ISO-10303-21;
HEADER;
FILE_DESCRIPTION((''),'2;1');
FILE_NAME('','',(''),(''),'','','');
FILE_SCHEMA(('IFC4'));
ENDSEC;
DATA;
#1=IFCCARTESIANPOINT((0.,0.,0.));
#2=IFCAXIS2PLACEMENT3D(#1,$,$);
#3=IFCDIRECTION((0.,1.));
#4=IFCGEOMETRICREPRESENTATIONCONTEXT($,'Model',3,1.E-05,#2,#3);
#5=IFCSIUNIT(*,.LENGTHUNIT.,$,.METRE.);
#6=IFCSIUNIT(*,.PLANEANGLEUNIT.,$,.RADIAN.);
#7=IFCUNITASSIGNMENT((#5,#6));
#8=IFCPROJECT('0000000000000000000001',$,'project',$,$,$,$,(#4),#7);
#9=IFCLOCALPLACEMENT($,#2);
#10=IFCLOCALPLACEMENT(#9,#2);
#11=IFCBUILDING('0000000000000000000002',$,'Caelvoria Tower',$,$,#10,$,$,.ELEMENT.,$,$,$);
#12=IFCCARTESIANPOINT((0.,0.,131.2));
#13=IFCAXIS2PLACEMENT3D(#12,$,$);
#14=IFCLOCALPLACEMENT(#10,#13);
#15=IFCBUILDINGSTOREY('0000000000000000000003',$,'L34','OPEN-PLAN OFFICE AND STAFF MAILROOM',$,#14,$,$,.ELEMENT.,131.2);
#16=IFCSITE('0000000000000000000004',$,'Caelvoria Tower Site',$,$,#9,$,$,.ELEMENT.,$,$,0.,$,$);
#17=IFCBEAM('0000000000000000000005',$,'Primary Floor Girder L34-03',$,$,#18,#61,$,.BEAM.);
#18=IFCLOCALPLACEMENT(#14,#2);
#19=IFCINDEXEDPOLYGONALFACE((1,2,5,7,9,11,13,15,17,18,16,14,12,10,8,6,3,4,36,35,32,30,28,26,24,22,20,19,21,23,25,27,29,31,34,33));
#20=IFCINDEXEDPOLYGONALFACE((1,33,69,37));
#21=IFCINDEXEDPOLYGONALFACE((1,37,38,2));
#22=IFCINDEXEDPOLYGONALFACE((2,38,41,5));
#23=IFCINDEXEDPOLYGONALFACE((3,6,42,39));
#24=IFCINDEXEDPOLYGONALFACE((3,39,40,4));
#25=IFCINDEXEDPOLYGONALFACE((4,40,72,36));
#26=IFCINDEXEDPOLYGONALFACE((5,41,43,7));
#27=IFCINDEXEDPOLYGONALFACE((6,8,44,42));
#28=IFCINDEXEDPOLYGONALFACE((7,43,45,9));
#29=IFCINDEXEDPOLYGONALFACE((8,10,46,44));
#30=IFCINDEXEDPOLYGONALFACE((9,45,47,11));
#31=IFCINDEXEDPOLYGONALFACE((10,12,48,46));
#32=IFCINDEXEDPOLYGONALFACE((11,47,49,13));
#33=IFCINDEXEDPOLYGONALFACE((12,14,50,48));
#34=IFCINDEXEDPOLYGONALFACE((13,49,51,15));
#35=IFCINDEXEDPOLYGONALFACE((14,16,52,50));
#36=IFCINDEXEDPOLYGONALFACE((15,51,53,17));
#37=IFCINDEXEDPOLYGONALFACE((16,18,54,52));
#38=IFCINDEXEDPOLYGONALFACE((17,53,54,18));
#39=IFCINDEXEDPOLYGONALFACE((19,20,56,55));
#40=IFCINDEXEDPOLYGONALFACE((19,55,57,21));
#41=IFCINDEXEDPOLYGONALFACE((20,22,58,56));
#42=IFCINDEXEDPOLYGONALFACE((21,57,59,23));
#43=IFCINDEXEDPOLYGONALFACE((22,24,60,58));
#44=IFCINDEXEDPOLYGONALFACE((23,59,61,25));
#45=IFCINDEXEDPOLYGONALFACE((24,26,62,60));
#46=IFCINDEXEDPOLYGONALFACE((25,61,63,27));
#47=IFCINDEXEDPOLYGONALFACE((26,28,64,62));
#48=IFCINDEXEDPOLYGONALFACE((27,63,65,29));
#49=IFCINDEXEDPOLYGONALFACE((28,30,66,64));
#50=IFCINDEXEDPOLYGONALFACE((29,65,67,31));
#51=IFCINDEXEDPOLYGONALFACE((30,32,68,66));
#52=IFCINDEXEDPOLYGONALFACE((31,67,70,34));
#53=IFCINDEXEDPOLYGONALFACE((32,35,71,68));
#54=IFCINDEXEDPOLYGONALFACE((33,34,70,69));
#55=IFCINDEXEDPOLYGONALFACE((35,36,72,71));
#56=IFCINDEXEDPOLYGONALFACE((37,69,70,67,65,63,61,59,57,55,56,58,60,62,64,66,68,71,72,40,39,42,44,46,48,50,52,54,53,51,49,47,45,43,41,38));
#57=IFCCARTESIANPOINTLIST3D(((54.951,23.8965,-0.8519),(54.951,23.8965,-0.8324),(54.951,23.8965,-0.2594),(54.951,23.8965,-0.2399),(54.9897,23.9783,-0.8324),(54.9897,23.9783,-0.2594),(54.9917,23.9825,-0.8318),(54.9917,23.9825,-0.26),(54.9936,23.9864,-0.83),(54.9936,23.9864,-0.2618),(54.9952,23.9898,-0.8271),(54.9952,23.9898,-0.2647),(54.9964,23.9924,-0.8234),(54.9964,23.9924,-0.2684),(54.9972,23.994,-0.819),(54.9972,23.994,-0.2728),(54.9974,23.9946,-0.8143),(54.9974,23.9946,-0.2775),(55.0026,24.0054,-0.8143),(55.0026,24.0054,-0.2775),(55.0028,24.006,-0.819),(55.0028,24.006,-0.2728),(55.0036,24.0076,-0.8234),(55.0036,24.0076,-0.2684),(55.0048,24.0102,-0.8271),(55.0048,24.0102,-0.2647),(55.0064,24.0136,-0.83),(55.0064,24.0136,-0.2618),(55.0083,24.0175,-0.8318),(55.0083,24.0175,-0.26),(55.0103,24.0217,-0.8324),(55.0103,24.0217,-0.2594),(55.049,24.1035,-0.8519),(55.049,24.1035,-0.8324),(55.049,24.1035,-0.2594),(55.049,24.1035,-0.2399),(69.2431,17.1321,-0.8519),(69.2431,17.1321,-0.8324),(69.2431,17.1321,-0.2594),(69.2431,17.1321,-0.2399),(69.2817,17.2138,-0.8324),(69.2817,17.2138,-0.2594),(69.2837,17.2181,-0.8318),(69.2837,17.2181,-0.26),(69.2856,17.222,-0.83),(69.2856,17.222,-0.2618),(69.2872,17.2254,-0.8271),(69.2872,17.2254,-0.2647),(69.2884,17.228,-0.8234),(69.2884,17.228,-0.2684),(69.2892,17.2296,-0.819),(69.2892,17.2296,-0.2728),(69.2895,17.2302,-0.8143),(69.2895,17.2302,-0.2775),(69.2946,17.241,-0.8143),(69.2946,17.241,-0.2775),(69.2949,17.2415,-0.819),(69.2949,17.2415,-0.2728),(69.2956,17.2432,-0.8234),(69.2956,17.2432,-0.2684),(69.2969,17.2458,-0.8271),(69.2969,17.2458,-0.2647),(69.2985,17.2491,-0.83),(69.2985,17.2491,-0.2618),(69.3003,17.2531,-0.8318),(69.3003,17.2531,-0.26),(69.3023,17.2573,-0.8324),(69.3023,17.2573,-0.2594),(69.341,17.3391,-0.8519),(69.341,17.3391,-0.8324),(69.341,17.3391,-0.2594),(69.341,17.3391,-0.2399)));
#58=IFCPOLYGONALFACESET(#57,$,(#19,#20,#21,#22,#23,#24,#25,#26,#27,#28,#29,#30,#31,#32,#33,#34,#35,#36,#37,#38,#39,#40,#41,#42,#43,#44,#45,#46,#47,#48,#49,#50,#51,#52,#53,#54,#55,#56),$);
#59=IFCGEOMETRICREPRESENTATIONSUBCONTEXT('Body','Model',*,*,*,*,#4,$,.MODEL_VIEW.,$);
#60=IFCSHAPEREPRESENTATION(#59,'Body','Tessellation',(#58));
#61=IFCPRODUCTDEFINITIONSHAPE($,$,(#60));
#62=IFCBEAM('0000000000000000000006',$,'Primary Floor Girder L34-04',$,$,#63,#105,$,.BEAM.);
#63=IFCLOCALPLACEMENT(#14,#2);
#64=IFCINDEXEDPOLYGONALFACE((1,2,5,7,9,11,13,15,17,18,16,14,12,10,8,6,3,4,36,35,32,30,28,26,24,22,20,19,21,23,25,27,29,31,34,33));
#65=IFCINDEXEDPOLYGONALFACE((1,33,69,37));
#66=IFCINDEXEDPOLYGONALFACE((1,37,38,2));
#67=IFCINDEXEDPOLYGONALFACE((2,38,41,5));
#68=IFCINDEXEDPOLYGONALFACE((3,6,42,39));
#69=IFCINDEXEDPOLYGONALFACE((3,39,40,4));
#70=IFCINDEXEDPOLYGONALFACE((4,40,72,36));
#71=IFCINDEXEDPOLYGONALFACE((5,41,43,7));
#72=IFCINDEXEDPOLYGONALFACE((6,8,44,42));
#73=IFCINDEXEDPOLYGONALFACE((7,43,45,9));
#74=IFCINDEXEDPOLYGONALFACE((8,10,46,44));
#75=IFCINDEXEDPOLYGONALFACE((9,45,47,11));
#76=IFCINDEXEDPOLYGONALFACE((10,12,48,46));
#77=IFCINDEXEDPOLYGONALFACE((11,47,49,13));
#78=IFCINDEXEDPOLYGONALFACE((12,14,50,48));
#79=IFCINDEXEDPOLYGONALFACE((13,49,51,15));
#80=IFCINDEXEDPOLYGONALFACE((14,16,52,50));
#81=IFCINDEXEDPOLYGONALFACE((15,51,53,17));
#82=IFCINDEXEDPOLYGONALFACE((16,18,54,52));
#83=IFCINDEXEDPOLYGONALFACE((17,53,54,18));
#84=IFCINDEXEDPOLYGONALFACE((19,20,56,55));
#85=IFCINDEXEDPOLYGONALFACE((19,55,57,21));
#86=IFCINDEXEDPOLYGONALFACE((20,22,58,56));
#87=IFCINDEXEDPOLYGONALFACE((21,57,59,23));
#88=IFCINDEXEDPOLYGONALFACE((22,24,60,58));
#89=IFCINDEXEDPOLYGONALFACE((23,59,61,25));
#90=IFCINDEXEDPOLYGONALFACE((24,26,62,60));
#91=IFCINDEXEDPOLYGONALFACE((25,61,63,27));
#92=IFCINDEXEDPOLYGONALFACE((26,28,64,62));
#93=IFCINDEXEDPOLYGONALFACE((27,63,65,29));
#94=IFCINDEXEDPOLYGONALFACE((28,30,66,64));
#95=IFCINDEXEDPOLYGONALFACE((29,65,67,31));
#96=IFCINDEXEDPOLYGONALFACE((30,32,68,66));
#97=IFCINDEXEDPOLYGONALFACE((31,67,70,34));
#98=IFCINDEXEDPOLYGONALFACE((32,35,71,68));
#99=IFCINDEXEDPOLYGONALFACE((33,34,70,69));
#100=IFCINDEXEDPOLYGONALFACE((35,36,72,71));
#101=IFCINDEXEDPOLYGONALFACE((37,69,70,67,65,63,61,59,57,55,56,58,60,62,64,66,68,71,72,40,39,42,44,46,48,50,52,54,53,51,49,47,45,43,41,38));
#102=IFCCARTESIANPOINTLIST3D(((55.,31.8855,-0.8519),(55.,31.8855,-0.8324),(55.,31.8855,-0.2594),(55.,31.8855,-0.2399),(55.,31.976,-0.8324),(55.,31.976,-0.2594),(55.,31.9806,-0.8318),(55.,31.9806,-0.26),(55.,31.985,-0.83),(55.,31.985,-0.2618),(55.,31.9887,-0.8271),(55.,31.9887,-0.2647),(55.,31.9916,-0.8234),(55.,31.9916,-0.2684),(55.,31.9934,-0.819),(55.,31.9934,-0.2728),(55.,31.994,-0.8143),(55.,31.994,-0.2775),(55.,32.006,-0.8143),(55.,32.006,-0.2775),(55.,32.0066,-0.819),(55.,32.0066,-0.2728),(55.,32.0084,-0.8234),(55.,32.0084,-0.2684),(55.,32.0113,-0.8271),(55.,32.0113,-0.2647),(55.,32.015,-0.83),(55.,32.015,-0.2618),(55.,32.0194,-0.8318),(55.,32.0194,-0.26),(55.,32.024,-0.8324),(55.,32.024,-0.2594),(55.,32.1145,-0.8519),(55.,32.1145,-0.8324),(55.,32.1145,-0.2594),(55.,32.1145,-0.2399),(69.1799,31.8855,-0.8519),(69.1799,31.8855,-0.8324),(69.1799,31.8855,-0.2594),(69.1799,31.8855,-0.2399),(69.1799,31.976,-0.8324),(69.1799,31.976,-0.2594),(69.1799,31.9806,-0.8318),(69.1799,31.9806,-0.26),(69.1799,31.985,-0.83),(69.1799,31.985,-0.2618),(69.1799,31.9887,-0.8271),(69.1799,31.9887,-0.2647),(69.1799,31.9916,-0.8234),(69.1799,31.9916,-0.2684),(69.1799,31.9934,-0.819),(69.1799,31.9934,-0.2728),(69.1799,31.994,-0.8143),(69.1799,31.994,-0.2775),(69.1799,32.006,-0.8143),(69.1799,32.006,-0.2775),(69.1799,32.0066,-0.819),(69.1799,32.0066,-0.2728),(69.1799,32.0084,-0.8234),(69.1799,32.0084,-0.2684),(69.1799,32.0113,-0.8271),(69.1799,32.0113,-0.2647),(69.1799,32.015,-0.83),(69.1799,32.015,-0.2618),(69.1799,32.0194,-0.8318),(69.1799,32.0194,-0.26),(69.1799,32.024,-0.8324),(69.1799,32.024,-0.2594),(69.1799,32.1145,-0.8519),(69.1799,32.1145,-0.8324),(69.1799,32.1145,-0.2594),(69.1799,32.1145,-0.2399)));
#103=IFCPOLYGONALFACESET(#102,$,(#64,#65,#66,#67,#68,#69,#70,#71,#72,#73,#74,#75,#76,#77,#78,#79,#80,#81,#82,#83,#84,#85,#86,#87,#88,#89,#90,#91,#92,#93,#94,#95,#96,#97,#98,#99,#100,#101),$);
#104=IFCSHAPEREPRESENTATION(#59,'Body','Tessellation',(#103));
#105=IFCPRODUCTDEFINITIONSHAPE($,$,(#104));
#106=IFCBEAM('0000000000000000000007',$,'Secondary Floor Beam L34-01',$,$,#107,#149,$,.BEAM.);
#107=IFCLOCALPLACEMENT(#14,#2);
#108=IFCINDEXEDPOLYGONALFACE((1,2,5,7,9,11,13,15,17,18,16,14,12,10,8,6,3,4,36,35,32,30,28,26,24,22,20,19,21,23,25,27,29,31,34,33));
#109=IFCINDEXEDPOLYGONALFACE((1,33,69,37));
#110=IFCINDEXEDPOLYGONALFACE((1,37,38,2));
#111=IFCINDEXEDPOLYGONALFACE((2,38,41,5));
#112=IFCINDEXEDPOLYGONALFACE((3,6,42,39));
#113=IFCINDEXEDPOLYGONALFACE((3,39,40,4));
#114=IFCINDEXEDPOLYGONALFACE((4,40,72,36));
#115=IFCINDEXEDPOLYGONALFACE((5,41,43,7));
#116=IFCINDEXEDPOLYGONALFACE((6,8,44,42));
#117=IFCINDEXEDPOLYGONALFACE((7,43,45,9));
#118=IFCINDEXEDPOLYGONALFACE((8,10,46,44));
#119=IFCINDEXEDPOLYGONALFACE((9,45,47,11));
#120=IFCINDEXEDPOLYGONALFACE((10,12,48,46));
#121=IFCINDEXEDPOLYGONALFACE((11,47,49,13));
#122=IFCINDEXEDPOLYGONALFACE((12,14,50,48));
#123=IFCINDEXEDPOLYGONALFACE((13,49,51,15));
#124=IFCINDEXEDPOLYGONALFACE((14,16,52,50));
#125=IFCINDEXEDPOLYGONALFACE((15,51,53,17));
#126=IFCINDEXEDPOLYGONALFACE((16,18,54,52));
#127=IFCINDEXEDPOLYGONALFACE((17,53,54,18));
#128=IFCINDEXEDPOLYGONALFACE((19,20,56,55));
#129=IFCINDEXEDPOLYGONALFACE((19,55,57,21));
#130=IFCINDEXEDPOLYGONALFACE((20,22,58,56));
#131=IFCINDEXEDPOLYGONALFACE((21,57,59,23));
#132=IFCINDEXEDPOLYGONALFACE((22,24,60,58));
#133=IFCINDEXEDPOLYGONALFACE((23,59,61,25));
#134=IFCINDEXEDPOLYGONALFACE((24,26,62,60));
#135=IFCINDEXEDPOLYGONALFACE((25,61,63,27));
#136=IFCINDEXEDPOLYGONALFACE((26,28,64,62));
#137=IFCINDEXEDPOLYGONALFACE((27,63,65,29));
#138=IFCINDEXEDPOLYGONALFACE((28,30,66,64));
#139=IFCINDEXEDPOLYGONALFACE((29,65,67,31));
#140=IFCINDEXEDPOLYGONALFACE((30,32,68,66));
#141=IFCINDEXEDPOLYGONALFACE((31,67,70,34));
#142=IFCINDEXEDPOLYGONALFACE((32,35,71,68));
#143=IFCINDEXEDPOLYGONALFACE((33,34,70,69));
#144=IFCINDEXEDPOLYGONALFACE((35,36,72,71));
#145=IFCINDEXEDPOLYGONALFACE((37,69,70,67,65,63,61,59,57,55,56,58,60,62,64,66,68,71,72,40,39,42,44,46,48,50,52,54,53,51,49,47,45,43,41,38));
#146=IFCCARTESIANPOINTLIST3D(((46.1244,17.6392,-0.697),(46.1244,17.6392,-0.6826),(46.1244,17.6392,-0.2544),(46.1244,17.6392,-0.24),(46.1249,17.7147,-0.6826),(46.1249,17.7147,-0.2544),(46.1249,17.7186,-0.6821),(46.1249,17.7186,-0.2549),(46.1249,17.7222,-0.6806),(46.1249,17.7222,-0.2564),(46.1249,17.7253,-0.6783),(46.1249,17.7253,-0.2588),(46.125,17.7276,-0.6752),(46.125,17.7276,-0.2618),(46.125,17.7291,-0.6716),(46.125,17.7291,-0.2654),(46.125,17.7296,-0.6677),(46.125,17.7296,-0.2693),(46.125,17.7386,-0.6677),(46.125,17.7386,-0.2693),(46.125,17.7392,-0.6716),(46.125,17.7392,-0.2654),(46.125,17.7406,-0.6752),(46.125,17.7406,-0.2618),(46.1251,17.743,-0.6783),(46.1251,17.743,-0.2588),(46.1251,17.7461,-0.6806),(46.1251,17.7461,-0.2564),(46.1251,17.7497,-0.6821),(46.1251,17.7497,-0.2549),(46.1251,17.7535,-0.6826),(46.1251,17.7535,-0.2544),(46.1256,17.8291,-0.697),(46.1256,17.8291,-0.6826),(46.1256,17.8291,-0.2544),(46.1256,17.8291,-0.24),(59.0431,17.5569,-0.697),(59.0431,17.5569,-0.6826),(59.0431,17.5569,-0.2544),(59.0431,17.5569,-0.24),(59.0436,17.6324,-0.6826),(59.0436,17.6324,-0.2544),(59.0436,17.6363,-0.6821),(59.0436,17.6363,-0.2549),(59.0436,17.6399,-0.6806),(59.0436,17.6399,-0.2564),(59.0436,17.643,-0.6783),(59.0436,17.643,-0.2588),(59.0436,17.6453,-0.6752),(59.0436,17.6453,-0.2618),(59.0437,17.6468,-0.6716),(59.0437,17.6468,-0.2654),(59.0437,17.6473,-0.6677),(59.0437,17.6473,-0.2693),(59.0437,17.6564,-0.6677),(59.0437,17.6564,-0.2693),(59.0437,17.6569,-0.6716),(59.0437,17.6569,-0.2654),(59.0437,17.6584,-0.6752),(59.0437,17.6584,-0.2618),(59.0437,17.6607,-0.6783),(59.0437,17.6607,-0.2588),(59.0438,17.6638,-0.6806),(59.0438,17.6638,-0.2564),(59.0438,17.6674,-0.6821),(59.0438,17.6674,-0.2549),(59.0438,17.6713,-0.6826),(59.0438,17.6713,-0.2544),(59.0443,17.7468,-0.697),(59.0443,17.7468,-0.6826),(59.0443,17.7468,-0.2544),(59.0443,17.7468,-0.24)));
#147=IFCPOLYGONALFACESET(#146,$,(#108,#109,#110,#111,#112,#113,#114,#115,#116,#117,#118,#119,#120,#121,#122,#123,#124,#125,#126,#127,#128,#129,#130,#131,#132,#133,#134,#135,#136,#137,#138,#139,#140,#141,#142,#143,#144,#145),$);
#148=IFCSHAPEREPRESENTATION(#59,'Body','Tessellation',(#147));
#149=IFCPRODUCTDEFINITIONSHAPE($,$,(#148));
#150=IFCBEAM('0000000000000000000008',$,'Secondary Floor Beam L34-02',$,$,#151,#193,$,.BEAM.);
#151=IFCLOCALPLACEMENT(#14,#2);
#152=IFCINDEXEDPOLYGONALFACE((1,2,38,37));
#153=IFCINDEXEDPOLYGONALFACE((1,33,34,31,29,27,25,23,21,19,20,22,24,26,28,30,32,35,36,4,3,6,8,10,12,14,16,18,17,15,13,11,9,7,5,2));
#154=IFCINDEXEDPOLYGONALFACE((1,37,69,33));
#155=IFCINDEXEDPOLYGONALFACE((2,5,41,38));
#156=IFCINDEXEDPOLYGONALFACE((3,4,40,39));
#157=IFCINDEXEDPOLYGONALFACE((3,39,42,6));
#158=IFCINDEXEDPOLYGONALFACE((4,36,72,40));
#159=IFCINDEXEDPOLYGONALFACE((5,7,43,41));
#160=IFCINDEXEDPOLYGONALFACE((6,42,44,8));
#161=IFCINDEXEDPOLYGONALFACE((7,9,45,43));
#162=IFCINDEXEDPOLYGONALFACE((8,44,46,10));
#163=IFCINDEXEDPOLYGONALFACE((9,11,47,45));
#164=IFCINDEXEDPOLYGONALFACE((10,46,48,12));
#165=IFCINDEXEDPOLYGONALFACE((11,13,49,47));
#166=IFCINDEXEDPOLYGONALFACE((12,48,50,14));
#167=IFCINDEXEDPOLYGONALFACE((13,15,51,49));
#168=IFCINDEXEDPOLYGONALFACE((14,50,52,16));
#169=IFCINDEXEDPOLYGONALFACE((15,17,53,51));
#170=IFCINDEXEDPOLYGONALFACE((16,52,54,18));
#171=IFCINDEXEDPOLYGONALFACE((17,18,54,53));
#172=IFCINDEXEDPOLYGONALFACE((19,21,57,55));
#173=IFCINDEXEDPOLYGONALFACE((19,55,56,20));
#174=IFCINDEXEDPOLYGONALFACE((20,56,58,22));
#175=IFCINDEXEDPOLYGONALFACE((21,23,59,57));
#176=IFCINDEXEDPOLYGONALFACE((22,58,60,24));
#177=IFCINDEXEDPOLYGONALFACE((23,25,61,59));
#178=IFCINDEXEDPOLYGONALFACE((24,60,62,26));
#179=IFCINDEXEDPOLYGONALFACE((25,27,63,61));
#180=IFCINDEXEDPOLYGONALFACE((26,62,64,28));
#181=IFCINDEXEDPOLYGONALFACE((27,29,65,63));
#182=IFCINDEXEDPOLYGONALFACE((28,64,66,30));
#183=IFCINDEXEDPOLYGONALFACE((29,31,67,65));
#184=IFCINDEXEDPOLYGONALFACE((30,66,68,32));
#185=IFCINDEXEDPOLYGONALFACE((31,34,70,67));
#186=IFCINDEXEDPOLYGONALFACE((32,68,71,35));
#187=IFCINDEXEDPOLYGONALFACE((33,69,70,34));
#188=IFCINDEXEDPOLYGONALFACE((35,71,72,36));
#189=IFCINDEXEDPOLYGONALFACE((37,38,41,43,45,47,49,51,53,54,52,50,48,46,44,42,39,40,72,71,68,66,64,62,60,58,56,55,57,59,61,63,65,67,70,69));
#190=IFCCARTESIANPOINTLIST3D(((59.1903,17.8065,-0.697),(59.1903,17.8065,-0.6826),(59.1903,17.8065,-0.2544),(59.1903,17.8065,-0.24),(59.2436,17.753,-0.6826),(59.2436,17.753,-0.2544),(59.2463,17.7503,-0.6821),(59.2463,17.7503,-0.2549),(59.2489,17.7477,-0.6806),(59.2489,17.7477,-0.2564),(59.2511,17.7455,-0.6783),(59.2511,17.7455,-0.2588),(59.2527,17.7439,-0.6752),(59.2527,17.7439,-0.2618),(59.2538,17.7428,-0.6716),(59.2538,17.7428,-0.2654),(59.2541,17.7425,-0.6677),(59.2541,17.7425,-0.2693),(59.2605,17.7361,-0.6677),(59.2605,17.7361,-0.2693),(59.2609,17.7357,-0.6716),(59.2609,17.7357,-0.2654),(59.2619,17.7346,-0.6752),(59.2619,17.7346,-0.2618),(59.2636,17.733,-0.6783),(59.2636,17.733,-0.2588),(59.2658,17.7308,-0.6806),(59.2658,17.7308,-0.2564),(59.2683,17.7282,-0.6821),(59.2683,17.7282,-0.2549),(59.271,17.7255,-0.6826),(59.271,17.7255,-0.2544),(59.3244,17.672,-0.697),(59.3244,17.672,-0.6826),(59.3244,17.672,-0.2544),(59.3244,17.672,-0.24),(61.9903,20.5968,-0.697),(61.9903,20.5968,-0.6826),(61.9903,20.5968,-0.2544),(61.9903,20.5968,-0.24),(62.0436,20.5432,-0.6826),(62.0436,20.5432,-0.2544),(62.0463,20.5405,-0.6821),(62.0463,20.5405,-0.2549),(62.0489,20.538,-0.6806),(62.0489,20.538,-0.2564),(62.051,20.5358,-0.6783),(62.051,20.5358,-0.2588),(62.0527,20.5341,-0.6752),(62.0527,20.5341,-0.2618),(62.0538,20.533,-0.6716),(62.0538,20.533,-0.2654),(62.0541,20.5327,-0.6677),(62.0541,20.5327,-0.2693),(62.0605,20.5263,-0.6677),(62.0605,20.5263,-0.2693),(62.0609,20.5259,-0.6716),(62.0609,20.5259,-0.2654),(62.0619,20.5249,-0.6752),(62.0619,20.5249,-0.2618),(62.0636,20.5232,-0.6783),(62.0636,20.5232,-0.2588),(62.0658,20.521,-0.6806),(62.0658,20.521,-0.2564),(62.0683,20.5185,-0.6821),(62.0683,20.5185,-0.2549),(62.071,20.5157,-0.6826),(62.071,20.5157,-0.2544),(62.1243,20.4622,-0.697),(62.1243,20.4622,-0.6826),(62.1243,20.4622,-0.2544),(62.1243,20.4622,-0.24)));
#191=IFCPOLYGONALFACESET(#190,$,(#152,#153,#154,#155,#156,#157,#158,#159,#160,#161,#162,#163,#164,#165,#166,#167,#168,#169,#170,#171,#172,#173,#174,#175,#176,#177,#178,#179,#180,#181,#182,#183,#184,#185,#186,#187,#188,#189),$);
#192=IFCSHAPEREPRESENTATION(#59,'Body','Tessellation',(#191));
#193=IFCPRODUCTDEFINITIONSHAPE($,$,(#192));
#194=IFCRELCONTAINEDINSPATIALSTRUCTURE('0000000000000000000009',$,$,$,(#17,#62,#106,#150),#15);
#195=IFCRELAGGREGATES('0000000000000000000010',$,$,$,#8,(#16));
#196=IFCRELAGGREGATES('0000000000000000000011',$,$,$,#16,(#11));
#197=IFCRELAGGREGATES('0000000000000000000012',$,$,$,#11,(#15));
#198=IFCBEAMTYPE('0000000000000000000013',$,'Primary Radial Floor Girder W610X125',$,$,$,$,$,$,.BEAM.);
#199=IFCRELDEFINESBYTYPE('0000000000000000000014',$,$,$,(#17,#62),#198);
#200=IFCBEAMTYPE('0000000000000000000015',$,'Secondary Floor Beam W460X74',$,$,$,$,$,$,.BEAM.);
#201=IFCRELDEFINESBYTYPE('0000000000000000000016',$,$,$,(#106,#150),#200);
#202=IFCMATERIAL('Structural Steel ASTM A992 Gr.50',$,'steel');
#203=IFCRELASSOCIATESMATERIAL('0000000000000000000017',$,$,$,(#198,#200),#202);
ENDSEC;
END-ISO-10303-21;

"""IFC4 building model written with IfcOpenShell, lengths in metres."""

from ifc_helpers import new_model, si_unit, direction, frame, origin, origin_2d, place, context, subcontext, project, spatial, i_section, extrude, material, material_profile, profile_set, type_object, element, save


model = new_model("IFC4")

# Units and contexts
model_context = context("Model", 3, precision=1e-05, world=origin(), true_north=direction((0.0, 1.0)))
body_context = subcontext(model_context, "Body", "Model", "MODEL_VIEW")
ifc_project = project(units=[si_unit("LENGTHUNIT", "METRE"), si_unit("PLANEANGLEUNIT", "RADIAN")], contexts=[model_context])

# Site, building, storey
site_placement = place(None, origin())
site = spatial("IfcSite", under=ifc_project, at=site_placement, Name="Caelvoria Tower Site", CompositionType="ELEMENT", RefElevation=0.0)
building_placement = place(site_placement, origin())
building = spatial("IfcBuilding", under=site, at=building_placement, Name="Caelvoria Tower", CompositionType="ELEMENT")
storey_placement = place(building_placement, frame((0.0, 0.0, 131.2)))
storey = spatial("IfcBuildingStorey", under=building, at=storey_placement, Name="L34", Description="OPEN-PLAN OFFICE AND STAFF MAILROOM", CompositionType="ELEMENT", Elevation=131.2)

# Beams
ifc_material_1 = material(Name="Structural Steel ASTM A992 Gr.50", Category="steel")
ifc_material_profile_1 = material_profile(ifc_material_1, i_section(OverallWidth=0.229, OverallDepth=0.6121, WebThickness=0.012, FlangeThickness=0.0195, FilletRadius=0.0181, at=origin_2d()), Name="Structural Steel ASTM A992 Gr.50")
ifc_profile_set_1 = profile_set([ifc_material_profile_1], Name="W610X125 - Structural Steel ASTM A992 Gr.50")
beam_type_1 = type_object("IfcBeamType", Name="Primary Radial Floor Girder W610X125", PredefinedType="BEAM", material=ifc_profile_set_1)
beam_1_placement = place(storey_placement, frame((55.0, 24.0, -0.5459), z_axis=(0.903872, -0.427803, 0.0), x_axis=(0.427803, 0.903872, 0.0)))
element("IfcBeam", 1, at=beam_1_placement, inside=storey, type_object=beam_type_1, Name="Primary Floor Girder L34-03", PredefinedType="BEAM", context=body_context, shape_type="SweptSolid", body=[
    extrude(i_section(OverallWidth=0.229, OverallDepth=0.6121, WebThickness=0.012, FlangeThickness=0.0195, FilletRadius=0.0181, at=origin_2d()), origin(), (0.0, 0.0, 1.0), 15.812),
])
beam_2_placement = place(storey_placement, frame((55.0, 32.0, -0.5459), z_axis=(1.0, 0.0, 0.0), x_axis=(0.0, 1.0, 0.0)))
element("IfcBeam", 2, at=beam_2_placement, inside=storey, type_object=beam_type_1, Name="Primary Floor Girder L34-04", PredefinedType="BEAM", context=body_context, shape_type="SweptSolid", body=[
    extrude(i_section(OverallWidth=0.229, OverallDepth=0.6121, WebThickness=0.012, FlangeThickness=0.0195, FilletRadius=0.0181, at=origin_2d()), origin(), (0.0, 0.0, 1.0), 14.1799),
])
ifc_material_profile_2 = material_profile(ifc_material_1, i_section(OverallWidth=0.1899, OverallDepth=0.457, WebThickness=0.009, FlangeThickness=0.0144, FilletRadius=0.0149, at=origin_2d()), Name="Structural Steel ASTM A992 Gr.50")
ifc_profile_set_2 = profile_set([ifc_material_profile_2], Name="W460X74 - Structural Steel ASTM A992 Gr.50")
beam_type_2 = type_object("IfcBeamType", Name="Secondary Floor Beam W460X74", PredefinedType="BEAM", material=ifc_profile_set_2)
beam_3_placement = place(storey_placement, frame((46.125, 17.7341, -0.4685), z_axis=(0.99998, -0.006369, 0.0), x_axis=(0.006369, 0.99998, 0.0)))
element("IfcBeam", 3, at=beam_3_placement, inside=storey, type_object=beam_type_2, Name="Secondary Floor Beam L34-01", PredefinedType="BEAM", context=body_context, shape_type="SweptSolid", body=[
    extrude(i_section(OverallWidth=0.1899, OverallDepth=0.457, WebThickness=0.009, FlangeThickness=0.0144, FilletRadius=0.0149, at=origin_2d()), origin(), (0.0, 0.0, 1.0), 12.9189),
])
beam_4_placement = place(storey_placement, frame((59.2573, 17.7393, -0.4685), z_axis=(0.708341, 0.70587, 0.0), x_axis=(-0.70587, 0.708341, 0.0)))
element("IfcBeam", 4, at=beam_4_placement, inside=storey, type_object=beam_type_2, Name="Secondary Floor Beam L34-02", PredefinedType="BEAM", context=body_context, shape_type="SweptSolid", body=[
    extrude(i_section(OverallWidth=0.1899, OverallDepth=0.457, WebThickness=0.009, FlangeThickness=0.0144, FilletRadius=0.0149, at=origin_2d()), origin(), (0.0, 0.0, 1.0), 3.9529),
])

save(model, "model.ifc")
